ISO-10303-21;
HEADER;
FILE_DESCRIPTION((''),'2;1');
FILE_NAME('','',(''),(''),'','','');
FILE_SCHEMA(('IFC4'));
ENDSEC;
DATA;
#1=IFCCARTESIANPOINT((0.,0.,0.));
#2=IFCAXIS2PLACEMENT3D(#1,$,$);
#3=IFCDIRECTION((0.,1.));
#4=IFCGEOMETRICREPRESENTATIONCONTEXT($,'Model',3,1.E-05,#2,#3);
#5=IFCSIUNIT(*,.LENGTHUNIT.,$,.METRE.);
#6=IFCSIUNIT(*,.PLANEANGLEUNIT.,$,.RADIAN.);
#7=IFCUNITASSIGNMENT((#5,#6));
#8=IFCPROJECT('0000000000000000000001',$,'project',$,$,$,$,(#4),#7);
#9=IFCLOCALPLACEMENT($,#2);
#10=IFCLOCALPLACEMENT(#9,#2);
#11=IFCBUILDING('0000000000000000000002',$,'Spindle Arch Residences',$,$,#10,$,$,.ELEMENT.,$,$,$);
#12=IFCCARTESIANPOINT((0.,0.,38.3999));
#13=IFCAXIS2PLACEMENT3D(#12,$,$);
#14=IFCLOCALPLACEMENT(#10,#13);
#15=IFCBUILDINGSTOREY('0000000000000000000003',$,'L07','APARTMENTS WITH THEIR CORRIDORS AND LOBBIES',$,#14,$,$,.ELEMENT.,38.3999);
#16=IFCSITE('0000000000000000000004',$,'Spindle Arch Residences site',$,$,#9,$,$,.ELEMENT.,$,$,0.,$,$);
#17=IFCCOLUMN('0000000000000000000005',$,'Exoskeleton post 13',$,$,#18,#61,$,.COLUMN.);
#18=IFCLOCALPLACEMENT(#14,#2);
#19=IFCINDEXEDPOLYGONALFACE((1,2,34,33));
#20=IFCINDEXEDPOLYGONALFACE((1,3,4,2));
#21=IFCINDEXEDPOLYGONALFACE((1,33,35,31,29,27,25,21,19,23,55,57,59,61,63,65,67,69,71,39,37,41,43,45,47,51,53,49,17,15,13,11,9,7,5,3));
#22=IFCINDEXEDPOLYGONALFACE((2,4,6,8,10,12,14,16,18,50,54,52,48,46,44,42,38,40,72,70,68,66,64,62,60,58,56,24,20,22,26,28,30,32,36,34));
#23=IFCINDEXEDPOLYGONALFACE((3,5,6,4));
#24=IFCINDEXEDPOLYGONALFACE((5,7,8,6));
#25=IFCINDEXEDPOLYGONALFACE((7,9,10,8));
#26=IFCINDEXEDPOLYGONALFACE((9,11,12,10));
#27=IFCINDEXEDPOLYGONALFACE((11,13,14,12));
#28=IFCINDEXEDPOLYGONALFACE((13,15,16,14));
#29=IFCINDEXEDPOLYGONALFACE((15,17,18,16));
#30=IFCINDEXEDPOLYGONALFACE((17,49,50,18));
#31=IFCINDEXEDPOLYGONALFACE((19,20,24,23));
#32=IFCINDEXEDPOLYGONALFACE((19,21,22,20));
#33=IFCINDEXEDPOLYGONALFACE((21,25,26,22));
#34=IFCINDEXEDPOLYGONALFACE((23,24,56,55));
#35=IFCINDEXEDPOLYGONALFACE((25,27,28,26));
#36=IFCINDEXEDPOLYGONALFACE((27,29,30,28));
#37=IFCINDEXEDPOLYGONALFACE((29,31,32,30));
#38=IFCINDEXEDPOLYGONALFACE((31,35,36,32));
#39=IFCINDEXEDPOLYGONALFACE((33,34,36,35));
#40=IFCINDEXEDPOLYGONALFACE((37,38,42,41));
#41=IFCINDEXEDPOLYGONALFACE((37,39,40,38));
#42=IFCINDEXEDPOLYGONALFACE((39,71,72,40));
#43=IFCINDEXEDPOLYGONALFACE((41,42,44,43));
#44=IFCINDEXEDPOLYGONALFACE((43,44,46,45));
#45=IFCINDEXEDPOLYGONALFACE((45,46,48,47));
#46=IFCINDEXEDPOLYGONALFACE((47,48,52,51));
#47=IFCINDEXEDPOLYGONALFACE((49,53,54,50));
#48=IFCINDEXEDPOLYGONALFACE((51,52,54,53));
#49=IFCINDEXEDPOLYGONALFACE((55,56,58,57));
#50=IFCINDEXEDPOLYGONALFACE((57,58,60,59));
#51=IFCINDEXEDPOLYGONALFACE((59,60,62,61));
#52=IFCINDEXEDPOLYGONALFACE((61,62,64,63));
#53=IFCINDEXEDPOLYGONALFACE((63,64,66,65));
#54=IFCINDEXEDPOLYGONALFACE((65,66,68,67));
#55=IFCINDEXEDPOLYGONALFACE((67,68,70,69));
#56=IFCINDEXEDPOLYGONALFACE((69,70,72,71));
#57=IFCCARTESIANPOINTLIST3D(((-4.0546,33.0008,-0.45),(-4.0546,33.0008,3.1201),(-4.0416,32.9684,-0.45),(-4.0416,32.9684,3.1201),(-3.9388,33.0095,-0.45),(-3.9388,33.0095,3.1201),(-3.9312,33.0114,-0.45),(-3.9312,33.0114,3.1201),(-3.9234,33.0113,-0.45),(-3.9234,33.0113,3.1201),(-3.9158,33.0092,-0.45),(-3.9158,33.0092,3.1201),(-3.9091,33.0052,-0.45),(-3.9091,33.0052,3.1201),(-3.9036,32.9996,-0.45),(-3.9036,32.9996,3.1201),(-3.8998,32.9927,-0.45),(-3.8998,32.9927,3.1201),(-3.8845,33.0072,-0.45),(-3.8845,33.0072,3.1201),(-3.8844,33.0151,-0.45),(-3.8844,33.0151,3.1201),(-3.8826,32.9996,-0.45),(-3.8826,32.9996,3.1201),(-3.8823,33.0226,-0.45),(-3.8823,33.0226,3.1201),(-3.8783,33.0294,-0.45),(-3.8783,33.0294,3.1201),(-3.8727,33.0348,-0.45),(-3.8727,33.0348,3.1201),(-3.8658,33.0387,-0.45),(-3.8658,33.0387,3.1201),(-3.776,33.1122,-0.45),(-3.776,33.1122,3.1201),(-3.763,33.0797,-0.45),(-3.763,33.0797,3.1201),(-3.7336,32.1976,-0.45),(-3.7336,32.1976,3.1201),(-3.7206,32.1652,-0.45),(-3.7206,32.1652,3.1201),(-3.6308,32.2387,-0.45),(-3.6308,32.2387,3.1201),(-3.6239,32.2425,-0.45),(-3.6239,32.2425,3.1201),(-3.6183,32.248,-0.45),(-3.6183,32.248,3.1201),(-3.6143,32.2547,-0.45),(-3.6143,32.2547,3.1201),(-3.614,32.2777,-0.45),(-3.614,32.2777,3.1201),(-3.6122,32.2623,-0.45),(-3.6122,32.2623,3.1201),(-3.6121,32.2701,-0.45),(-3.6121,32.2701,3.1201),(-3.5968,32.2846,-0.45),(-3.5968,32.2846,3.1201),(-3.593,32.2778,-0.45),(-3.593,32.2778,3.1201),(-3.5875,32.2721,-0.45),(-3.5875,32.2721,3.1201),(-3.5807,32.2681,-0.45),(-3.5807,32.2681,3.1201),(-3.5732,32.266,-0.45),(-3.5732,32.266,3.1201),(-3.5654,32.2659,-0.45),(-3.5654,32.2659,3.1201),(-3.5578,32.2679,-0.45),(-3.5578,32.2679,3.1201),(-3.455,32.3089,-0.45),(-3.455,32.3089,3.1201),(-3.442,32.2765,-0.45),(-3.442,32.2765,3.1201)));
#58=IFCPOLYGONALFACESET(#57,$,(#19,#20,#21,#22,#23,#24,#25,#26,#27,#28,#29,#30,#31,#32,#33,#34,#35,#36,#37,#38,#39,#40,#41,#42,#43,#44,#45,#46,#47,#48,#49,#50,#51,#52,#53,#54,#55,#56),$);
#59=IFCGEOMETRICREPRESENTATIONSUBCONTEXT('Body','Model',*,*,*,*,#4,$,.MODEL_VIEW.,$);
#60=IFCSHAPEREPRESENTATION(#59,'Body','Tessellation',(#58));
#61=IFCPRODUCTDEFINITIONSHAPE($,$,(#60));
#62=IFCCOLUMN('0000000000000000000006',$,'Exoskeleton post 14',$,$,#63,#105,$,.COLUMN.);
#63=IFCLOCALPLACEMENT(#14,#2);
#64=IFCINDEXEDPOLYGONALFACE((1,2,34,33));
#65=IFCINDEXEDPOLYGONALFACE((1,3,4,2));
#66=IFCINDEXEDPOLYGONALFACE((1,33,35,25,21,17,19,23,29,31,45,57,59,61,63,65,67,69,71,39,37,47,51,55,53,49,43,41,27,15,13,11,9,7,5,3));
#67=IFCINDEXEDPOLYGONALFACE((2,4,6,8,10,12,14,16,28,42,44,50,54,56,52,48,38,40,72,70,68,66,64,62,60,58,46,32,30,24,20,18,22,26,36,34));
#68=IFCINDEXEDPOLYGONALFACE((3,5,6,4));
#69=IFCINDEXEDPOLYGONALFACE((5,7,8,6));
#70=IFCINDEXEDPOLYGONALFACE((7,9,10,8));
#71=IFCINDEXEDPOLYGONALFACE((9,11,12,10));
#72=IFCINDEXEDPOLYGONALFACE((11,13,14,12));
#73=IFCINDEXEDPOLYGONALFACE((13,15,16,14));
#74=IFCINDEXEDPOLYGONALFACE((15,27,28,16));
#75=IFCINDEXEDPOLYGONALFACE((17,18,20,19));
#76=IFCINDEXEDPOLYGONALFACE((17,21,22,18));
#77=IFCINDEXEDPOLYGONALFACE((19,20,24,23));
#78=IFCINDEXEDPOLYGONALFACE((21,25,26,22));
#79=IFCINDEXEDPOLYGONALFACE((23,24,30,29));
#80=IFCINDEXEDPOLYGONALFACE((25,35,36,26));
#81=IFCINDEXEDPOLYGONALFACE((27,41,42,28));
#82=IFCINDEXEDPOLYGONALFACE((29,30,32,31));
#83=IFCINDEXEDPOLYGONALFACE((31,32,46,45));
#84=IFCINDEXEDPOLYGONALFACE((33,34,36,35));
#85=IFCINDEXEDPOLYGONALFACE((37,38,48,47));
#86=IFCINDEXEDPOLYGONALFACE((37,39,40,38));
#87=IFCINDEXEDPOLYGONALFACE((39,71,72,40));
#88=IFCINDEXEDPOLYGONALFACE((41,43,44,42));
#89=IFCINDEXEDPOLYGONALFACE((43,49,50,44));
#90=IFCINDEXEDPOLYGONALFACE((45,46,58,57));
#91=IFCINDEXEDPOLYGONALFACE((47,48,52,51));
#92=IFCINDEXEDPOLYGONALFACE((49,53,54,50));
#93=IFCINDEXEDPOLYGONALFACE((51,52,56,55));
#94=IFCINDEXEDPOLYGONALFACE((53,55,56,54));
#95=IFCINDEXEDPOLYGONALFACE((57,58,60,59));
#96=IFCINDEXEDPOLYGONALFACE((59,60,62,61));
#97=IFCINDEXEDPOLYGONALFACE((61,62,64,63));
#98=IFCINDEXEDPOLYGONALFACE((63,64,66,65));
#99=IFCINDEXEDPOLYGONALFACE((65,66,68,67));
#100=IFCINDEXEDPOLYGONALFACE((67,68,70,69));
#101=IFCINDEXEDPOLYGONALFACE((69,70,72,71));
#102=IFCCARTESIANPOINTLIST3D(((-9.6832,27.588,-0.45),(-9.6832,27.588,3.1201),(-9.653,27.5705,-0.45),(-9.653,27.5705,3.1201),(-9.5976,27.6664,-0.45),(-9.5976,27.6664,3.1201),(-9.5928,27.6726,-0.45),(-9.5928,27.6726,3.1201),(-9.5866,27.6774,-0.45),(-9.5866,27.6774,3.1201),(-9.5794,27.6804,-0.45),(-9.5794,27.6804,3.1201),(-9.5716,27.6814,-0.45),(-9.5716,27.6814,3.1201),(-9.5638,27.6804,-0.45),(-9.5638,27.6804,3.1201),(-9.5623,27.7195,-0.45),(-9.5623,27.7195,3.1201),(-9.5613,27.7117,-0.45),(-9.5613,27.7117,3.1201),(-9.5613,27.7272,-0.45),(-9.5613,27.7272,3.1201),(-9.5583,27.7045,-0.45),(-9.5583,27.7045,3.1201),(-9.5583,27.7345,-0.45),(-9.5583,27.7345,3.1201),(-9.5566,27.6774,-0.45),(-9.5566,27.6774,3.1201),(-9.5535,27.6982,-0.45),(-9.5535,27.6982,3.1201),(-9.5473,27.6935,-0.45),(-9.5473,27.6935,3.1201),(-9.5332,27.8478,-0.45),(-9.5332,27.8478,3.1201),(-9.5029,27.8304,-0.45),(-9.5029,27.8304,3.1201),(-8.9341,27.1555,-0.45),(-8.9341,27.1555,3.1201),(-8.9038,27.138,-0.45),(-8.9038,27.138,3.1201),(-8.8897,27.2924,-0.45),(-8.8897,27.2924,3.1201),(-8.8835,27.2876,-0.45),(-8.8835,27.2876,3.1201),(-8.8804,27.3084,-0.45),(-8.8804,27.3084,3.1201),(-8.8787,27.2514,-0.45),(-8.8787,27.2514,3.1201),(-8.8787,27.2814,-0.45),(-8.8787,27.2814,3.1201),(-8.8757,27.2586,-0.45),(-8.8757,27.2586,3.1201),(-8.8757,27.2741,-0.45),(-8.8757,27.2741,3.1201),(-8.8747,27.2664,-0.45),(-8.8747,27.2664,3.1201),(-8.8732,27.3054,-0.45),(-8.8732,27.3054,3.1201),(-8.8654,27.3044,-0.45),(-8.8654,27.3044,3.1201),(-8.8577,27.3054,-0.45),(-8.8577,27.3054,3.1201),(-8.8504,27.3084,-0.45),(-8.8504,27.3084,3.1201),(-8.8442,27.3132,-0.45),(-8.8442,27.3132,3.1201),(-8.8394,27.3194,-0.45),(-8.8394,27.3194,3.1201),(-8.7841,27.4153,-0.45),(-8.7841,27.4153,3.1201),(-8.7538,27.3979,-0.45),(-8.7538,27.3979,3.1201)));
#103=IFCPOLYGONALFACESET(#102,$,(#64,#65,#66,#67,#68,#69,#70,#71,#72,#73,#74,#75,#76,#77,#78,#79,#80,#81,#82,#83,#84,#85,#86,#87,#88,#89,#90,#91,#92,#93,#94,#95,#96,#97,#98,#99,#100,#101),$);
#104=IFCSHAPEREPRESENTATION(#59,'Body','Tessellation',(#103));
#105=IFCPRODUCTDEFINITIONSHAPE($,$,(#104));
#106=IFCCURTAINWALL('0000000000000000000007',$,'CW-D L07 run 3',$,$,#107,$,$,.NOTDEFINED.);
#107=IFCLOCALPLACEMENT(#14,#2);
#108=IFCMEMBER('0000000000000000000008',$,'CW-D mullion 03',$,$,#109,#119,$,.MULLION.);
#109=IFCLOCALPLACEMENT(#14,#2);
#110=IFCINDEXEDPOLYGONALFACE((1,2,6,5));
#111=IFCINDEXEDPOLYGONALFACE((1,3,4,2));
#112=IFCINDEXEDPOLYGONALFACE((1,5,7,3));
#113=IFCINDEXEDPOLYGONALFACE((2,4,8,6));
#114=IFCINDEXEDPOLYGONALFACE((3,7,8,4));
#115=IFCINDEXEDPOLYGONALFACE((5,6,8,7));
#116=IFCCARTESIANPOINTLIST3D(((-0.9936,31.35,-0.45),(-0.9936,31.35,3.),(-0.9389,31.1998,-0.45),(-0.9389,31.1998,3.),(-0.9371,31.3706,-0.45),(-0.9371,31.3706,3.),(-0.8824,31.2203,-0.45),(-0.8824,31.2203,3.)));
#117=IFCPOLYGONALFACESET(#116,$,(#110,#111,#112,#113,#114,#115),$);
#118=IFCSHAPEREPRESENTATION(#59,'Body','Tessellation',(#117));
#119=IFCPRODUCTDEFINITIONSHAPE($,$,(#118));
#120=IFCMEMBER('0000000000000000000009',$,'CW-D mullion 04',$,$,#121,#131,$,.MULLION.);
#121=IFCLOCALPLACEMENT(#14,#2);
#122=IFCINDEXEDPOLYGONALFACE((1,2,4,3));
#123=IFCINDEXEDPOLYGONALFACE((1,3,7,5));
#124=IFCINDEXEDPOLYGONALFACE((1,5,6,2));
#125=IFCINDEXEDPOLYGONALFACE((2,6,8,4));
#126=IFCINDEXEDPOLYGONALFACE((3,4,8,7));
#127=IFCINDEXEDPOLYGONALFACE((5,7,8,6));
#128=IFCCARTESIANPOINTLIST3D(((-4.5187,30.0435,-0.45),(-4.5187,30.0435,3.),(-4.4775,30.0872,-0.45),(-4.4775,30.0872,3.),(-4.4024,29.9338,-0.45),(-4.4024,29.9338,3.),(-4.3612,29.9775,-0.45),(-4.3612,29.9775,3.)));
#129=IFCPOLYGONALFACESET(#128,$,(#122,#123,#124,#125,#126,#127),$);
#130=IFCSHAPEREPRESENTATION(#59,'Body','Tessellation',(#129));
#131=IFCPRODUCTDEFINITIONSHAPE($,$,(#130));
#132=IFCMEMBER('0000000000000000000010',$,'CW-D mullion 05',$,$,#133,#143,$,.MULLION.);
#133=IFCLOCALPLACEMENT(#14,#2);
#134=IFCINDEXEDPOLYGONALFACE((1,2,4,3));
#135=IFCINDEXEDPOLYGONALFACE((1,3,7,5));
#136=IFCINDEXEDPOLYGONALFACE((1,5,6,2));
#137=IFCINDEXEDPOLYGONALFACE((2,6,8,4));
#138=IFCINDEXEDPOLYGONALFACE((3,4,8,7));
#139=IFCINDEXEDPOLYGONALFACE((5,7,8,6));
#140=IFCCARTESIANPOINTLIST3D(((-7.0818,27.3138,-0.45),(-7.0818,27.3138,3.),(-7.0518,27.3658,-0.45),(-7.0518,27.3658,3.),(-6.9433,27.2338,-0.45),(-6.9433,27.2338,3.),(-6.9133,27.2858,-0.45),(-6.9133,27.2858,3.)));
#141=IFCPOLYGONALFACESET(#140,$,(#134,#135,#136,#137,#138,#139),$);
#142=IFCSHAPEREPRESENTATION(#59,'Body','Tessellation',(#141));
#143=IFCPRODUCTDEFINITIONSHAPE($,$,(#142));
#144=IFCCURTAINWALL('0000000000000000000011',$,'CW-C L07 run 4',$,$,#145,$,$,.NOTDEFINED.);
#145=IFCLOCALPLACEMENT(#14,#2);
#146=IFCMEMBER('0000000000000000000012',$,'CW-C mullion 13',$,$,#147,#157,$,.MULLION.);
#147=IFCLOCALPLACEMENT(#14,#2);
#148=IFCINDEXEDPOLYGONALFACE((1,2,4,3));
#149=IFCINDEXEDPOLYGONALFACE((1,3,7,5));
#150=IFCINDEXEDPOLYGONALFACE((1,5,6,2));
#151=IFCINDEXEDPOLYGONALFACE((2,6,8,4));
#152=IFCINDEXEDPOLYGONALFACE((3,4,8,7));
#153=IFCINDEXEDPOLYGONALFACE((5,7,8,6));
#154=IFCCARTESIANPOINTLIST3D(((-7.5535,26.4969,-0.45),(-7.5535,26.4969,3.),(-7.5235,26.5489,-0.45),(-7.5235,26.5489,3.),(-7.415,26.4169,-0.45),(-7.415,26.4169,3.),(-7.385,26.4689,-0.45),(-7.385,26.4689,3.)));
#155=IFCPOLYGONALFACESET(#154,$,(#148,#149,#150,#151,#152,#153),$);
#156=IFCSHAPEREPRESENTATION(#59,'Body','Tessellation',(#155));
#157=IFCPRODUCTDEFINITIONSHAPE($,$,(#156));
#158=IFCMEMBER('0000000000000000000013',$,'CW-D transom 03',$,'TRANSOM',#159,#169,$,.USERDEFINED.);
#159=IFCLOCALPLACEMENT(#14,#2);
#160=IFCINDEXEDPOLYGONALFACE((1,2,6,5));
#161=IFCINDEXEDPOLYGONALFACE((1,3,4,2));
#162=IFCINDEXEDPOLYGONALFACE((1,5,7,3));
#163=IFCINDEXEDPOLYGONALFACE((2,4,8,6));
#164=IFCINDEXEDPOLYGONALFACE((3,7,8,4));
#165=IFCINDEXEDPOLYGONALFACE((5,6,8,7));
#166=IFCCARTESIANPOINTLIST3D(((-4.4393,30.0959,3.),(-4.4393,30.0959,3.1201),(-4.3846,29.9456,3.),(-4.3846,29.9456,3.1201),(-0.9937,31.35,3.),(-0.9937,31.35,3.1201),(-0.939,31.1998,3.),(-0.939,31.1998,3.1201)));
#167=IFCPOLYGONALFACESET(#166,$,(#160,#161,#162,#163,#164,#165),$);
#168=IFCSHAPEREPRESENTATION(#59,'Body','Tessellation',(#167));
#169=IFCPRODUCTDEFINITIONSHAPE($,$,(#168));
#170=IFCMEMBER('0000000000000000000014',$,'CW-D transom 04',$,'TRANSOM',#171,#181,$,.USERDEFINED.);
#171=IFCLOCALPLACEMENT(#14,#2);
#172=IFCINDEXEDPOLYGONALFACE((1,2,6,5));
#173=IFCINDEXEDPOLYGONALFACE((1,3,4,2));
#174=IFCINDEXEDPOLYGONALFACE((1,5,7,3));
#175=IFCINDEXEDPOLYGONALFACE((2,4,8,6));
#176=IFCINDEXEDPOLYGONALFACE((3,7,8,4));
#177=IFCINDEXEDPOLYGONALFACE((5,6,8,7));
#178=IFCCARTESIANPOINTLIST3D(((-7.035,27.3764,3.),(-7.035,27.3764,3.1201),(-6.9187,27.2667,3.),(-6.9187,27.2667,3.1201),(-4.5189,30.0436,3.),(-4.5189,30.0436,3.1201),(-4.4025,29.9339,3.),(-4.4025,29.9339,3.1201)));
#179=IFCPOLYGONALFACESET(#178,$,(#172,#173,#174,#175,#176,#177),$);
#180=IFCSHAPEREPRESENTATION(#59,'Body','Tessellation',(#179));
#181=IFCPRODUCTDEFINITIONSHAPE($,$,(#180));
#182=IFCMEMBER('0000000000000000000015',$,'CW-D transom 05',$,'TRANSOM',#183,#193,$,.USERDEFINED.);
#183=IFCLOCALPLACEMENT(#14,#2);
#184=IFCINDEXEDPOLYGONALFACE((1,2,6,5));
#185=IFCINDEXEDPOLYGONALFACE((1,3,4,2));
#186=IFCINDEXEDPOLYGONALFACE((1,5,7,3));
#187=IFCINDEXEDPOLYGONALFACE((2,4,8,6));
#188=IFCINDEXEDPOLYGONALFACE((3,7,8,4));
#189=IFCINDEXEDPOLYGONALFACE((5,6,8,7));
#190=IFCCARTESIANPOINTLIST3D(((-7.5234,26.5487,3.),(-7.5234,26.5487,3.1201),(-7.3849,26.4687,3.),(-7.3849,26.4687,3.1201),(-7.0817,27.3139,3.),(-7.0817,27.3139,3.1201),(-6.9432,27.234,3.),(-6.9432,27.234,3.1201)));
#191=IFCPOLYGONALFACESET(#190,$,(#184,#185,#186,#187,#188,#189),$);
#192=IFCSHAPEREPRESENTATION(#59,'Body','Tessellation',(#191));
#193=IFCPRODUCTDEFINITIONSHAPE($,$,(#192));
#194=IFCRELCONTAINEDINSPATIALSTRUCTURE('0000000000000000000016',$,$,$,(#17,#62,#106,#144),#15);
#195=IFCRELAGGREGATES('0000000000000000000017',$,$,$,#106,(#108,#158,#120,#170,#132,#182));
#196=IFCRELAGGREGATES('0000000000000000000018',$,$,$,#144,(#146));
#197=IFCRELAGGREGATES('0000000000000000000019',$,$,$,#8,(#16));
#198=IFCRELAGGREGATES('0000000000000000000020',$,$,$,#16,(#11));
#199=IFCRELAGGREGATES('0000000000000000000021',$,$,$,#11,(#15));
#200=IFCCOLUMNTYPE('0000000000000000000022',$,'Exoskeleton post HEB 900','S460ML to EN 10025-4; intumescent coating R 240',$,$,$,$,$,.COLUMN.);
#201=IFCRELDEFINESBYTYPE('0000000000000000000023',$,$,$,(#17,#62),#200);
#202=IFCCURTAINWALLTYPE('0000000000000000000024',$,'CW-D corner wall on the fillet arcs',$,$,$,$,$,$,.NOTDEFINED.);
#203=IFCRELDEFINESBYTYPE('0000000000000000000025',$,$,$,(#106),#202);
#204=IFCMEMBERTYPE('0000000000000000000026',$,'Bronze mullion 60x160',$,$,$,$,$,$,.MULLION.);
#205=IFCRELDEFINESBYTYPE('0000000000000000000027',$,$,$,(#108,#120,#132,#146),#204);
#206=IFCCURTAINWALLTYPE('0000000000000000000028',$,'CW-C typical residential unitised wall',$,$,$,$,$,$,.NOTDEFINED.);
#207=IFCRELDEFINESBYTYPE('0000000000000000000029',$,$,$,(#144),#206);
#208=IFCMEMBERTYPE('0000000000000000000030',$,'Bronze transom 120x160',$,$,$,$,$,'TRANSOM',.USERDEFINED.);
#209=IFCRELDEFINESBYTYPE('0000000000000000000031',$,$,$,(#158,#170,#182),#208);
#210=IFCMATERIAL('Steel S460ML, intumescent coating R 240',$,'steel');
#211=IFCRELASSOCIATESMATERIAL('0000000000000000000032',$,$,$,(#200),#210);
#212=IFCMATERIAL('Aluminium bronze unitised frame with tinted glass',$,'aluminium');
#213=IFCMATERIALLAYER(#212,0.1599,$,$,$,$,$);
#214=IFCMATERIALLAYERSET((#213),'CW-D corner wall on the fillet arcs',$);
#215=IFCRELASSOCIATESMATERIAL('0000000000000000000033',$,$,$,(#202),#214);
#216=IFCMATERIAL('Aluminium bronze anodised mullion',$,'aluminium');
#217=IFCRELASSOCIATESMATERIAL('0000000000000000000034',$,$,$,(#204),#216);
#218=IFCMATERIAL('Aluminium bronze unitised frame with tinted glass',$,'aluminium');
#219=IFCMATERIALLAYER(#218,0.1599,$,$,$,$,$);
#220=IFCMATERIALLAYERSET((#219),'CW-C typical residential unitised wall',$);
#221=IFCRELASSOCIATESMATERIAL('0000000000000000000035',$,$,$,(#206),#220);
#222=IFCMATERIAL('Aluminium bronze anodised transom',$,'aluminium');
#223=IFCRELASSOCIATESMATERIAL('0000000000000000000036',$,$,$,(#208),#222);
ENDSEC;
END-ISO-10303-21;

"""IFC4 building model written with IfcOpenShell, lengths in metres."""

from ifc_helpers import new_model, si_unit, direction, frame, origin, origin_2d, place, context, subcontext, project, spatial, rectangle, i_section, extrude, material, layer, layer_set, material_profile, profile_set, type_object, element, aggregate, save


model = new_model("IFC4")

# Units and contexts
model_context = context("Model", 3, precision=1e-05, world=origin(), true_north=direction((0.0, 1.0)))
body_context = subcontext(model_context, "Body", "Model", "MODEL_VIEW")
ifc_project = project(units=[si_unit("LENGTHUNIT", "METRE"), si_unit("PLANEANGLEUNIT", "RADIAN")], contexts=[model_context])

# Site, building, storey
site_placement = place(None, origin())
site = spatial("IfcSite", under=ifc_project, at=site_placement, Name="Spindle Arch Residences site", CompositionType="ELEMENT", RefElevation=0.0)
building_placement = place(site_placement, origin())
building = spatial("IfcBuilding", under=site, at=building_placement, Name="Spindle Arch Residences", CompositionType="ELEMENT")
storey_placement = place(building_placement, frame((0.0, 0.0, 38.3999)))
storey = spatial("IfcBuildingStorey", under=building, at=storey_placement, Name="L07", Description="APARTMENTS WITH THEIR CORRIDORS AND LOBBIES", CompositionType="ELEMENT", Elevation=38.3999)

# Columns
ifc_material_1 = material(Name="Steel S460ML, intumescent coating R 240", Category="steel")
ifc_material_profile_1 = material_profile(ifc_material_1, i_section(OverallWidth=0.3, OverallDepth=0.8999, WebThickness=0.0186, FlangeThickness=0.0349, FilletRadius=0.03, at=origin_2d()), Name="HEB 900")
ifc_profile_set_1 = profile_set([ifc_material_profile_1], Name="Steel S460ML, intumescent coating R 240")
column_type = type_object("IfcColumnType", Name="Exoskeleton post HEB 900", Description="S460ML to EN 10025-4; intumescent coating R 240", PredefinedType="COLUMN", material=ifc_profile_set_1)
for number, where, z_axis, x_axis, name in (
    (1, (-3.7483, 32.6387, -0.45), (0.0, 0.0, 1.0), (0.92859, 0.371108, 0.0), "Exoskeleton post 13"),
    (2, (-9.2185, 27.4929, -0.45), (0.0, 0.0, 1.0), (0.5, 0.866025, 0.0), "Exoskeleton post 14"),
):
    element("IfcColumn", number, at=place(storey_placement, frame(where, z_axis=z_axis, x_axis=x_axis)), inside=storey, type_object=column_type, Name=name, PredefinedType="COLUMN", context=body_context, shape_type="SweptSolid", body=[
        extrude(i_section(OverallWidth=0.3, OverallDepth=0.8999, WebThickness=0.0186, FlangeThickness=0.0349, FilletRadius=0.03, at=origin_2d()), origin(), (0.0, 0.0, 1.0), 3.5701),
    ])

# Curtain wall, members
ifc_material_2 = material(Name="Aluminium bronze unitised frame with tinted glass", Category="aluminium")
ifc_layer_1 = layer(ifc_material_2, 0.1599)
ifc_layer_set_1 = layer_set([ifc_layer_1], Name="CW-D corner wall on the fillet arcs")
curtain_wall_type_1 = type_object("IfcCurtainWallType", Name="CW-D corner wall on the fillet arcs", PredefinedType="NOTDEFINED", material=ifc_layer_set_1)
curtain_wall_1_placement = place(storey_placement, origin())
curtain_wall_1 = element("IfcCurtainWall", 3, at=curtain_wall_1_placement, inside=storey, type_object=curtain_wall_type_1, Name="CW-D L07 run 3", PredefinedType="NOTDEFINED")
ifc_material_3 = material(Name="Aluminium bronze anodised mullion", Category="aluminium")
ifc_material_profile_2 = material_profile(ifc_material_3, rectangle(XDim=0.1599, YDim=0.0601, at=origin_2d()), Name="MU 60x160")
ifc_profile_set_2 = profile_set([ifc_material_profile_2], Name="Aluminium bronze anodised mullion")
member_type_1 = type_object("IfcMemberType", Name="Bronze mullion 60x160", PredefinedType="MULLION", material=ifc_profile_set_2)
member_1_placement = place(storey_placement, frame((-0.938, 31.2852, -0.45), z_axis=(0.0, 0.0, 1.0), x_axis=(0.34202, -0.939693, 0.0)))
member_1 = element("IfcMember", 4, at=member_1_placement, type_object=member_type_1, Name="CW-D mullion 03", PredefinedType="MULLION", context=body_context, shape_type="SweptSolid", body=[
    extrude(rectangle(XDim=0.1599, YDim=0.0601, at=origin_2d()), origin(), (0.0, 0.0, 1.0), 3.45),
])
member_2_placement = place(storey_placement, frame((-4.4399, 30.0105, -0.45), z_axis=(0.0, 0.0, 1.0), x_axis=(0.727374, -0.686242, 0.0)))
member_2 = element("IfcMember", 5, at=member_2_placement, type_object=member_type_1, Name="CW-D mullion 04", PredefinedType="MULLION", context=body_context, shape_type="SweptSolid", body=[
    extrude(rectangle(XDim=0.1599, YDim=0.0601, at=origin_2d()), origin(), (0.0, 0.0, 1.0), 3.45),
])
member_3_placement = place(storey_placement, frame((-6.9976, 27.2998, -0.45), z_axis=(0.0, 0.0, 1.0), x_axis=(0.866025, -0.5, 0.0)))
member_3 = element("IfcMember", 6, at=member_3_placement, type_object=member_type_1, Name="CW-D mullion 05", PredefinedType="MULLION", context=body_context, shape_type="SweptSolid", body=[
    extrude(rectangle(XDim=0.1599, YDim=0.0601, at=origin_2d()), origin(), (0.0, 0.0, 1.0), 3.45),
])

# Curtain wall, member
ifc_material_4 = material(Name="Aluminium bronze unitised frame with tinted glass", Category="aluminium")
ifc_layer_2 = layer(ifc_material_4, 0.1599)
ifc_layer_set_2 = layer_set([ifc_layer_2], Name="CW-C typical residential unitised wall")
curtain_wall_type_2 = type_object("IfcCurtainWallType", Name="CW-C typical residential unitised wall", PredefinedType="NOTDEFINED", material=ifc_layer_set_2)
curtain_wall_2_placement = place(storey_placement, origin())
curtain_wall_2 = element("IfcCurtainWall", 7, at=curtain_wall_2_placement, inside=storey, type_object=curtain_wall_type_2, Name="CW-C L07 run 4", PredefinedType="NOTDEFINED")
member_4_placement = place(storey_placement, frame((-7.4692, 26.4829, -0.45), z_axis=(0.0, 0.0, 1.0), x_axis=(0.866025, -0.5, 0.0)))
member_4 = element("IfcMember", 8, at=member_4_placement, type_object=member_type_1, Name="CW-C mullion 13", PredefinedType="MULLION", context=body_context, shape_type="SweptSolid", body=[
    extrude(rectangle(XDim=0.1599, YDim=0.0601, at=origin_2d()), origin(), (0.0, 0.0, 1.0), 3.45),
])

# Members
ifc_material_5 = material(Name="Aluminium bronze anodised transom", Category="aluminium")
ifc_material_profile_3 = material_profile(ifc_material_5, rectangle(XDim=0.1599, YDim=0.1201, at=origin_2d()), Name="TR 120x160")
ifc_profile_set_3 = profile_set([ifc_material_profile_3], Name="Aluminium bronze anodised transom")
member_type_2 = type_object("IfcMemberType", Name="Bronze transom 120x160", ElementType="TRANSOM", PredefinedType="USERDEFINED", material=ifc_profile_set_3)
member_5_placement = place(storey_placement, frame((-0.9663, 31.2749, 3.0601), z_axis=(-0.939686, -0.342037, 0.0), x_axis=(0.342037, -0.939686, 0.0)))
member_5 = element("IfcMember", 9, at=member_5_placement, type_object=member_type_2, Name="CW-D transom 03", ObjectType="TRANSOM", PredefinedType="USERDEFINED", context=body_context, shape_type="SweptSolid", body=[
    extrude(rectangle(XDim=0.1599, YDim=0.1201, at=origin_2d()), origin(), (0.0, 0.0, 1.0), 3.6667),
])
member_6_placement = place(storey_placement, frame((-4.4607, 29.9888, 3.0601), z_axis=(-0.686199, -0.727414, 0.0), x_axis=(0.727414, -0.686199, 0.0)))
member_6 = element("IfcMember", 10, at=member_6_placement, type_object=member_type_2, Name="CW-D transom 04", ObjectType="TRANSOM", PredefinedType="USERDEFINED", context=body_context, shape_type="SweptSolid", body=[
    extrude(rectangle(XDim=0.1599, YDim=0.1201, at=origin_2d()), origin(), (0.0, 0.0, 1.0), 3.6667),
])
member_7_placement = place(storey_placement, frame((-7.0125, 27.2739, 3.0601), z_axis=(-0.499914, -0.866075, 0.0), x_axis=(0.866075, -0.499914, 0.0)))
member_7 = element("IfcMember", 11, at=member_7_placement, type_object=member_type_2, Name="CW-D transom 05", ObjectType="TRANSOM", PredefinedType="USERDEFINED", context=body_context, shape_type="SweptSolid", body=[
    extrude(rectangle(XDim=0.1599, YDim=0.1201, at=origin_2d()), origin(), (0.0, 0.0, 1.0), 0.8835),
])

aggregate(curtain_wall_1, [member_1, member_5, member_2, member_6, member_3, member_7])
aggregate(curtain_wall_2, [member_4])

save(model, "model.ifc")
